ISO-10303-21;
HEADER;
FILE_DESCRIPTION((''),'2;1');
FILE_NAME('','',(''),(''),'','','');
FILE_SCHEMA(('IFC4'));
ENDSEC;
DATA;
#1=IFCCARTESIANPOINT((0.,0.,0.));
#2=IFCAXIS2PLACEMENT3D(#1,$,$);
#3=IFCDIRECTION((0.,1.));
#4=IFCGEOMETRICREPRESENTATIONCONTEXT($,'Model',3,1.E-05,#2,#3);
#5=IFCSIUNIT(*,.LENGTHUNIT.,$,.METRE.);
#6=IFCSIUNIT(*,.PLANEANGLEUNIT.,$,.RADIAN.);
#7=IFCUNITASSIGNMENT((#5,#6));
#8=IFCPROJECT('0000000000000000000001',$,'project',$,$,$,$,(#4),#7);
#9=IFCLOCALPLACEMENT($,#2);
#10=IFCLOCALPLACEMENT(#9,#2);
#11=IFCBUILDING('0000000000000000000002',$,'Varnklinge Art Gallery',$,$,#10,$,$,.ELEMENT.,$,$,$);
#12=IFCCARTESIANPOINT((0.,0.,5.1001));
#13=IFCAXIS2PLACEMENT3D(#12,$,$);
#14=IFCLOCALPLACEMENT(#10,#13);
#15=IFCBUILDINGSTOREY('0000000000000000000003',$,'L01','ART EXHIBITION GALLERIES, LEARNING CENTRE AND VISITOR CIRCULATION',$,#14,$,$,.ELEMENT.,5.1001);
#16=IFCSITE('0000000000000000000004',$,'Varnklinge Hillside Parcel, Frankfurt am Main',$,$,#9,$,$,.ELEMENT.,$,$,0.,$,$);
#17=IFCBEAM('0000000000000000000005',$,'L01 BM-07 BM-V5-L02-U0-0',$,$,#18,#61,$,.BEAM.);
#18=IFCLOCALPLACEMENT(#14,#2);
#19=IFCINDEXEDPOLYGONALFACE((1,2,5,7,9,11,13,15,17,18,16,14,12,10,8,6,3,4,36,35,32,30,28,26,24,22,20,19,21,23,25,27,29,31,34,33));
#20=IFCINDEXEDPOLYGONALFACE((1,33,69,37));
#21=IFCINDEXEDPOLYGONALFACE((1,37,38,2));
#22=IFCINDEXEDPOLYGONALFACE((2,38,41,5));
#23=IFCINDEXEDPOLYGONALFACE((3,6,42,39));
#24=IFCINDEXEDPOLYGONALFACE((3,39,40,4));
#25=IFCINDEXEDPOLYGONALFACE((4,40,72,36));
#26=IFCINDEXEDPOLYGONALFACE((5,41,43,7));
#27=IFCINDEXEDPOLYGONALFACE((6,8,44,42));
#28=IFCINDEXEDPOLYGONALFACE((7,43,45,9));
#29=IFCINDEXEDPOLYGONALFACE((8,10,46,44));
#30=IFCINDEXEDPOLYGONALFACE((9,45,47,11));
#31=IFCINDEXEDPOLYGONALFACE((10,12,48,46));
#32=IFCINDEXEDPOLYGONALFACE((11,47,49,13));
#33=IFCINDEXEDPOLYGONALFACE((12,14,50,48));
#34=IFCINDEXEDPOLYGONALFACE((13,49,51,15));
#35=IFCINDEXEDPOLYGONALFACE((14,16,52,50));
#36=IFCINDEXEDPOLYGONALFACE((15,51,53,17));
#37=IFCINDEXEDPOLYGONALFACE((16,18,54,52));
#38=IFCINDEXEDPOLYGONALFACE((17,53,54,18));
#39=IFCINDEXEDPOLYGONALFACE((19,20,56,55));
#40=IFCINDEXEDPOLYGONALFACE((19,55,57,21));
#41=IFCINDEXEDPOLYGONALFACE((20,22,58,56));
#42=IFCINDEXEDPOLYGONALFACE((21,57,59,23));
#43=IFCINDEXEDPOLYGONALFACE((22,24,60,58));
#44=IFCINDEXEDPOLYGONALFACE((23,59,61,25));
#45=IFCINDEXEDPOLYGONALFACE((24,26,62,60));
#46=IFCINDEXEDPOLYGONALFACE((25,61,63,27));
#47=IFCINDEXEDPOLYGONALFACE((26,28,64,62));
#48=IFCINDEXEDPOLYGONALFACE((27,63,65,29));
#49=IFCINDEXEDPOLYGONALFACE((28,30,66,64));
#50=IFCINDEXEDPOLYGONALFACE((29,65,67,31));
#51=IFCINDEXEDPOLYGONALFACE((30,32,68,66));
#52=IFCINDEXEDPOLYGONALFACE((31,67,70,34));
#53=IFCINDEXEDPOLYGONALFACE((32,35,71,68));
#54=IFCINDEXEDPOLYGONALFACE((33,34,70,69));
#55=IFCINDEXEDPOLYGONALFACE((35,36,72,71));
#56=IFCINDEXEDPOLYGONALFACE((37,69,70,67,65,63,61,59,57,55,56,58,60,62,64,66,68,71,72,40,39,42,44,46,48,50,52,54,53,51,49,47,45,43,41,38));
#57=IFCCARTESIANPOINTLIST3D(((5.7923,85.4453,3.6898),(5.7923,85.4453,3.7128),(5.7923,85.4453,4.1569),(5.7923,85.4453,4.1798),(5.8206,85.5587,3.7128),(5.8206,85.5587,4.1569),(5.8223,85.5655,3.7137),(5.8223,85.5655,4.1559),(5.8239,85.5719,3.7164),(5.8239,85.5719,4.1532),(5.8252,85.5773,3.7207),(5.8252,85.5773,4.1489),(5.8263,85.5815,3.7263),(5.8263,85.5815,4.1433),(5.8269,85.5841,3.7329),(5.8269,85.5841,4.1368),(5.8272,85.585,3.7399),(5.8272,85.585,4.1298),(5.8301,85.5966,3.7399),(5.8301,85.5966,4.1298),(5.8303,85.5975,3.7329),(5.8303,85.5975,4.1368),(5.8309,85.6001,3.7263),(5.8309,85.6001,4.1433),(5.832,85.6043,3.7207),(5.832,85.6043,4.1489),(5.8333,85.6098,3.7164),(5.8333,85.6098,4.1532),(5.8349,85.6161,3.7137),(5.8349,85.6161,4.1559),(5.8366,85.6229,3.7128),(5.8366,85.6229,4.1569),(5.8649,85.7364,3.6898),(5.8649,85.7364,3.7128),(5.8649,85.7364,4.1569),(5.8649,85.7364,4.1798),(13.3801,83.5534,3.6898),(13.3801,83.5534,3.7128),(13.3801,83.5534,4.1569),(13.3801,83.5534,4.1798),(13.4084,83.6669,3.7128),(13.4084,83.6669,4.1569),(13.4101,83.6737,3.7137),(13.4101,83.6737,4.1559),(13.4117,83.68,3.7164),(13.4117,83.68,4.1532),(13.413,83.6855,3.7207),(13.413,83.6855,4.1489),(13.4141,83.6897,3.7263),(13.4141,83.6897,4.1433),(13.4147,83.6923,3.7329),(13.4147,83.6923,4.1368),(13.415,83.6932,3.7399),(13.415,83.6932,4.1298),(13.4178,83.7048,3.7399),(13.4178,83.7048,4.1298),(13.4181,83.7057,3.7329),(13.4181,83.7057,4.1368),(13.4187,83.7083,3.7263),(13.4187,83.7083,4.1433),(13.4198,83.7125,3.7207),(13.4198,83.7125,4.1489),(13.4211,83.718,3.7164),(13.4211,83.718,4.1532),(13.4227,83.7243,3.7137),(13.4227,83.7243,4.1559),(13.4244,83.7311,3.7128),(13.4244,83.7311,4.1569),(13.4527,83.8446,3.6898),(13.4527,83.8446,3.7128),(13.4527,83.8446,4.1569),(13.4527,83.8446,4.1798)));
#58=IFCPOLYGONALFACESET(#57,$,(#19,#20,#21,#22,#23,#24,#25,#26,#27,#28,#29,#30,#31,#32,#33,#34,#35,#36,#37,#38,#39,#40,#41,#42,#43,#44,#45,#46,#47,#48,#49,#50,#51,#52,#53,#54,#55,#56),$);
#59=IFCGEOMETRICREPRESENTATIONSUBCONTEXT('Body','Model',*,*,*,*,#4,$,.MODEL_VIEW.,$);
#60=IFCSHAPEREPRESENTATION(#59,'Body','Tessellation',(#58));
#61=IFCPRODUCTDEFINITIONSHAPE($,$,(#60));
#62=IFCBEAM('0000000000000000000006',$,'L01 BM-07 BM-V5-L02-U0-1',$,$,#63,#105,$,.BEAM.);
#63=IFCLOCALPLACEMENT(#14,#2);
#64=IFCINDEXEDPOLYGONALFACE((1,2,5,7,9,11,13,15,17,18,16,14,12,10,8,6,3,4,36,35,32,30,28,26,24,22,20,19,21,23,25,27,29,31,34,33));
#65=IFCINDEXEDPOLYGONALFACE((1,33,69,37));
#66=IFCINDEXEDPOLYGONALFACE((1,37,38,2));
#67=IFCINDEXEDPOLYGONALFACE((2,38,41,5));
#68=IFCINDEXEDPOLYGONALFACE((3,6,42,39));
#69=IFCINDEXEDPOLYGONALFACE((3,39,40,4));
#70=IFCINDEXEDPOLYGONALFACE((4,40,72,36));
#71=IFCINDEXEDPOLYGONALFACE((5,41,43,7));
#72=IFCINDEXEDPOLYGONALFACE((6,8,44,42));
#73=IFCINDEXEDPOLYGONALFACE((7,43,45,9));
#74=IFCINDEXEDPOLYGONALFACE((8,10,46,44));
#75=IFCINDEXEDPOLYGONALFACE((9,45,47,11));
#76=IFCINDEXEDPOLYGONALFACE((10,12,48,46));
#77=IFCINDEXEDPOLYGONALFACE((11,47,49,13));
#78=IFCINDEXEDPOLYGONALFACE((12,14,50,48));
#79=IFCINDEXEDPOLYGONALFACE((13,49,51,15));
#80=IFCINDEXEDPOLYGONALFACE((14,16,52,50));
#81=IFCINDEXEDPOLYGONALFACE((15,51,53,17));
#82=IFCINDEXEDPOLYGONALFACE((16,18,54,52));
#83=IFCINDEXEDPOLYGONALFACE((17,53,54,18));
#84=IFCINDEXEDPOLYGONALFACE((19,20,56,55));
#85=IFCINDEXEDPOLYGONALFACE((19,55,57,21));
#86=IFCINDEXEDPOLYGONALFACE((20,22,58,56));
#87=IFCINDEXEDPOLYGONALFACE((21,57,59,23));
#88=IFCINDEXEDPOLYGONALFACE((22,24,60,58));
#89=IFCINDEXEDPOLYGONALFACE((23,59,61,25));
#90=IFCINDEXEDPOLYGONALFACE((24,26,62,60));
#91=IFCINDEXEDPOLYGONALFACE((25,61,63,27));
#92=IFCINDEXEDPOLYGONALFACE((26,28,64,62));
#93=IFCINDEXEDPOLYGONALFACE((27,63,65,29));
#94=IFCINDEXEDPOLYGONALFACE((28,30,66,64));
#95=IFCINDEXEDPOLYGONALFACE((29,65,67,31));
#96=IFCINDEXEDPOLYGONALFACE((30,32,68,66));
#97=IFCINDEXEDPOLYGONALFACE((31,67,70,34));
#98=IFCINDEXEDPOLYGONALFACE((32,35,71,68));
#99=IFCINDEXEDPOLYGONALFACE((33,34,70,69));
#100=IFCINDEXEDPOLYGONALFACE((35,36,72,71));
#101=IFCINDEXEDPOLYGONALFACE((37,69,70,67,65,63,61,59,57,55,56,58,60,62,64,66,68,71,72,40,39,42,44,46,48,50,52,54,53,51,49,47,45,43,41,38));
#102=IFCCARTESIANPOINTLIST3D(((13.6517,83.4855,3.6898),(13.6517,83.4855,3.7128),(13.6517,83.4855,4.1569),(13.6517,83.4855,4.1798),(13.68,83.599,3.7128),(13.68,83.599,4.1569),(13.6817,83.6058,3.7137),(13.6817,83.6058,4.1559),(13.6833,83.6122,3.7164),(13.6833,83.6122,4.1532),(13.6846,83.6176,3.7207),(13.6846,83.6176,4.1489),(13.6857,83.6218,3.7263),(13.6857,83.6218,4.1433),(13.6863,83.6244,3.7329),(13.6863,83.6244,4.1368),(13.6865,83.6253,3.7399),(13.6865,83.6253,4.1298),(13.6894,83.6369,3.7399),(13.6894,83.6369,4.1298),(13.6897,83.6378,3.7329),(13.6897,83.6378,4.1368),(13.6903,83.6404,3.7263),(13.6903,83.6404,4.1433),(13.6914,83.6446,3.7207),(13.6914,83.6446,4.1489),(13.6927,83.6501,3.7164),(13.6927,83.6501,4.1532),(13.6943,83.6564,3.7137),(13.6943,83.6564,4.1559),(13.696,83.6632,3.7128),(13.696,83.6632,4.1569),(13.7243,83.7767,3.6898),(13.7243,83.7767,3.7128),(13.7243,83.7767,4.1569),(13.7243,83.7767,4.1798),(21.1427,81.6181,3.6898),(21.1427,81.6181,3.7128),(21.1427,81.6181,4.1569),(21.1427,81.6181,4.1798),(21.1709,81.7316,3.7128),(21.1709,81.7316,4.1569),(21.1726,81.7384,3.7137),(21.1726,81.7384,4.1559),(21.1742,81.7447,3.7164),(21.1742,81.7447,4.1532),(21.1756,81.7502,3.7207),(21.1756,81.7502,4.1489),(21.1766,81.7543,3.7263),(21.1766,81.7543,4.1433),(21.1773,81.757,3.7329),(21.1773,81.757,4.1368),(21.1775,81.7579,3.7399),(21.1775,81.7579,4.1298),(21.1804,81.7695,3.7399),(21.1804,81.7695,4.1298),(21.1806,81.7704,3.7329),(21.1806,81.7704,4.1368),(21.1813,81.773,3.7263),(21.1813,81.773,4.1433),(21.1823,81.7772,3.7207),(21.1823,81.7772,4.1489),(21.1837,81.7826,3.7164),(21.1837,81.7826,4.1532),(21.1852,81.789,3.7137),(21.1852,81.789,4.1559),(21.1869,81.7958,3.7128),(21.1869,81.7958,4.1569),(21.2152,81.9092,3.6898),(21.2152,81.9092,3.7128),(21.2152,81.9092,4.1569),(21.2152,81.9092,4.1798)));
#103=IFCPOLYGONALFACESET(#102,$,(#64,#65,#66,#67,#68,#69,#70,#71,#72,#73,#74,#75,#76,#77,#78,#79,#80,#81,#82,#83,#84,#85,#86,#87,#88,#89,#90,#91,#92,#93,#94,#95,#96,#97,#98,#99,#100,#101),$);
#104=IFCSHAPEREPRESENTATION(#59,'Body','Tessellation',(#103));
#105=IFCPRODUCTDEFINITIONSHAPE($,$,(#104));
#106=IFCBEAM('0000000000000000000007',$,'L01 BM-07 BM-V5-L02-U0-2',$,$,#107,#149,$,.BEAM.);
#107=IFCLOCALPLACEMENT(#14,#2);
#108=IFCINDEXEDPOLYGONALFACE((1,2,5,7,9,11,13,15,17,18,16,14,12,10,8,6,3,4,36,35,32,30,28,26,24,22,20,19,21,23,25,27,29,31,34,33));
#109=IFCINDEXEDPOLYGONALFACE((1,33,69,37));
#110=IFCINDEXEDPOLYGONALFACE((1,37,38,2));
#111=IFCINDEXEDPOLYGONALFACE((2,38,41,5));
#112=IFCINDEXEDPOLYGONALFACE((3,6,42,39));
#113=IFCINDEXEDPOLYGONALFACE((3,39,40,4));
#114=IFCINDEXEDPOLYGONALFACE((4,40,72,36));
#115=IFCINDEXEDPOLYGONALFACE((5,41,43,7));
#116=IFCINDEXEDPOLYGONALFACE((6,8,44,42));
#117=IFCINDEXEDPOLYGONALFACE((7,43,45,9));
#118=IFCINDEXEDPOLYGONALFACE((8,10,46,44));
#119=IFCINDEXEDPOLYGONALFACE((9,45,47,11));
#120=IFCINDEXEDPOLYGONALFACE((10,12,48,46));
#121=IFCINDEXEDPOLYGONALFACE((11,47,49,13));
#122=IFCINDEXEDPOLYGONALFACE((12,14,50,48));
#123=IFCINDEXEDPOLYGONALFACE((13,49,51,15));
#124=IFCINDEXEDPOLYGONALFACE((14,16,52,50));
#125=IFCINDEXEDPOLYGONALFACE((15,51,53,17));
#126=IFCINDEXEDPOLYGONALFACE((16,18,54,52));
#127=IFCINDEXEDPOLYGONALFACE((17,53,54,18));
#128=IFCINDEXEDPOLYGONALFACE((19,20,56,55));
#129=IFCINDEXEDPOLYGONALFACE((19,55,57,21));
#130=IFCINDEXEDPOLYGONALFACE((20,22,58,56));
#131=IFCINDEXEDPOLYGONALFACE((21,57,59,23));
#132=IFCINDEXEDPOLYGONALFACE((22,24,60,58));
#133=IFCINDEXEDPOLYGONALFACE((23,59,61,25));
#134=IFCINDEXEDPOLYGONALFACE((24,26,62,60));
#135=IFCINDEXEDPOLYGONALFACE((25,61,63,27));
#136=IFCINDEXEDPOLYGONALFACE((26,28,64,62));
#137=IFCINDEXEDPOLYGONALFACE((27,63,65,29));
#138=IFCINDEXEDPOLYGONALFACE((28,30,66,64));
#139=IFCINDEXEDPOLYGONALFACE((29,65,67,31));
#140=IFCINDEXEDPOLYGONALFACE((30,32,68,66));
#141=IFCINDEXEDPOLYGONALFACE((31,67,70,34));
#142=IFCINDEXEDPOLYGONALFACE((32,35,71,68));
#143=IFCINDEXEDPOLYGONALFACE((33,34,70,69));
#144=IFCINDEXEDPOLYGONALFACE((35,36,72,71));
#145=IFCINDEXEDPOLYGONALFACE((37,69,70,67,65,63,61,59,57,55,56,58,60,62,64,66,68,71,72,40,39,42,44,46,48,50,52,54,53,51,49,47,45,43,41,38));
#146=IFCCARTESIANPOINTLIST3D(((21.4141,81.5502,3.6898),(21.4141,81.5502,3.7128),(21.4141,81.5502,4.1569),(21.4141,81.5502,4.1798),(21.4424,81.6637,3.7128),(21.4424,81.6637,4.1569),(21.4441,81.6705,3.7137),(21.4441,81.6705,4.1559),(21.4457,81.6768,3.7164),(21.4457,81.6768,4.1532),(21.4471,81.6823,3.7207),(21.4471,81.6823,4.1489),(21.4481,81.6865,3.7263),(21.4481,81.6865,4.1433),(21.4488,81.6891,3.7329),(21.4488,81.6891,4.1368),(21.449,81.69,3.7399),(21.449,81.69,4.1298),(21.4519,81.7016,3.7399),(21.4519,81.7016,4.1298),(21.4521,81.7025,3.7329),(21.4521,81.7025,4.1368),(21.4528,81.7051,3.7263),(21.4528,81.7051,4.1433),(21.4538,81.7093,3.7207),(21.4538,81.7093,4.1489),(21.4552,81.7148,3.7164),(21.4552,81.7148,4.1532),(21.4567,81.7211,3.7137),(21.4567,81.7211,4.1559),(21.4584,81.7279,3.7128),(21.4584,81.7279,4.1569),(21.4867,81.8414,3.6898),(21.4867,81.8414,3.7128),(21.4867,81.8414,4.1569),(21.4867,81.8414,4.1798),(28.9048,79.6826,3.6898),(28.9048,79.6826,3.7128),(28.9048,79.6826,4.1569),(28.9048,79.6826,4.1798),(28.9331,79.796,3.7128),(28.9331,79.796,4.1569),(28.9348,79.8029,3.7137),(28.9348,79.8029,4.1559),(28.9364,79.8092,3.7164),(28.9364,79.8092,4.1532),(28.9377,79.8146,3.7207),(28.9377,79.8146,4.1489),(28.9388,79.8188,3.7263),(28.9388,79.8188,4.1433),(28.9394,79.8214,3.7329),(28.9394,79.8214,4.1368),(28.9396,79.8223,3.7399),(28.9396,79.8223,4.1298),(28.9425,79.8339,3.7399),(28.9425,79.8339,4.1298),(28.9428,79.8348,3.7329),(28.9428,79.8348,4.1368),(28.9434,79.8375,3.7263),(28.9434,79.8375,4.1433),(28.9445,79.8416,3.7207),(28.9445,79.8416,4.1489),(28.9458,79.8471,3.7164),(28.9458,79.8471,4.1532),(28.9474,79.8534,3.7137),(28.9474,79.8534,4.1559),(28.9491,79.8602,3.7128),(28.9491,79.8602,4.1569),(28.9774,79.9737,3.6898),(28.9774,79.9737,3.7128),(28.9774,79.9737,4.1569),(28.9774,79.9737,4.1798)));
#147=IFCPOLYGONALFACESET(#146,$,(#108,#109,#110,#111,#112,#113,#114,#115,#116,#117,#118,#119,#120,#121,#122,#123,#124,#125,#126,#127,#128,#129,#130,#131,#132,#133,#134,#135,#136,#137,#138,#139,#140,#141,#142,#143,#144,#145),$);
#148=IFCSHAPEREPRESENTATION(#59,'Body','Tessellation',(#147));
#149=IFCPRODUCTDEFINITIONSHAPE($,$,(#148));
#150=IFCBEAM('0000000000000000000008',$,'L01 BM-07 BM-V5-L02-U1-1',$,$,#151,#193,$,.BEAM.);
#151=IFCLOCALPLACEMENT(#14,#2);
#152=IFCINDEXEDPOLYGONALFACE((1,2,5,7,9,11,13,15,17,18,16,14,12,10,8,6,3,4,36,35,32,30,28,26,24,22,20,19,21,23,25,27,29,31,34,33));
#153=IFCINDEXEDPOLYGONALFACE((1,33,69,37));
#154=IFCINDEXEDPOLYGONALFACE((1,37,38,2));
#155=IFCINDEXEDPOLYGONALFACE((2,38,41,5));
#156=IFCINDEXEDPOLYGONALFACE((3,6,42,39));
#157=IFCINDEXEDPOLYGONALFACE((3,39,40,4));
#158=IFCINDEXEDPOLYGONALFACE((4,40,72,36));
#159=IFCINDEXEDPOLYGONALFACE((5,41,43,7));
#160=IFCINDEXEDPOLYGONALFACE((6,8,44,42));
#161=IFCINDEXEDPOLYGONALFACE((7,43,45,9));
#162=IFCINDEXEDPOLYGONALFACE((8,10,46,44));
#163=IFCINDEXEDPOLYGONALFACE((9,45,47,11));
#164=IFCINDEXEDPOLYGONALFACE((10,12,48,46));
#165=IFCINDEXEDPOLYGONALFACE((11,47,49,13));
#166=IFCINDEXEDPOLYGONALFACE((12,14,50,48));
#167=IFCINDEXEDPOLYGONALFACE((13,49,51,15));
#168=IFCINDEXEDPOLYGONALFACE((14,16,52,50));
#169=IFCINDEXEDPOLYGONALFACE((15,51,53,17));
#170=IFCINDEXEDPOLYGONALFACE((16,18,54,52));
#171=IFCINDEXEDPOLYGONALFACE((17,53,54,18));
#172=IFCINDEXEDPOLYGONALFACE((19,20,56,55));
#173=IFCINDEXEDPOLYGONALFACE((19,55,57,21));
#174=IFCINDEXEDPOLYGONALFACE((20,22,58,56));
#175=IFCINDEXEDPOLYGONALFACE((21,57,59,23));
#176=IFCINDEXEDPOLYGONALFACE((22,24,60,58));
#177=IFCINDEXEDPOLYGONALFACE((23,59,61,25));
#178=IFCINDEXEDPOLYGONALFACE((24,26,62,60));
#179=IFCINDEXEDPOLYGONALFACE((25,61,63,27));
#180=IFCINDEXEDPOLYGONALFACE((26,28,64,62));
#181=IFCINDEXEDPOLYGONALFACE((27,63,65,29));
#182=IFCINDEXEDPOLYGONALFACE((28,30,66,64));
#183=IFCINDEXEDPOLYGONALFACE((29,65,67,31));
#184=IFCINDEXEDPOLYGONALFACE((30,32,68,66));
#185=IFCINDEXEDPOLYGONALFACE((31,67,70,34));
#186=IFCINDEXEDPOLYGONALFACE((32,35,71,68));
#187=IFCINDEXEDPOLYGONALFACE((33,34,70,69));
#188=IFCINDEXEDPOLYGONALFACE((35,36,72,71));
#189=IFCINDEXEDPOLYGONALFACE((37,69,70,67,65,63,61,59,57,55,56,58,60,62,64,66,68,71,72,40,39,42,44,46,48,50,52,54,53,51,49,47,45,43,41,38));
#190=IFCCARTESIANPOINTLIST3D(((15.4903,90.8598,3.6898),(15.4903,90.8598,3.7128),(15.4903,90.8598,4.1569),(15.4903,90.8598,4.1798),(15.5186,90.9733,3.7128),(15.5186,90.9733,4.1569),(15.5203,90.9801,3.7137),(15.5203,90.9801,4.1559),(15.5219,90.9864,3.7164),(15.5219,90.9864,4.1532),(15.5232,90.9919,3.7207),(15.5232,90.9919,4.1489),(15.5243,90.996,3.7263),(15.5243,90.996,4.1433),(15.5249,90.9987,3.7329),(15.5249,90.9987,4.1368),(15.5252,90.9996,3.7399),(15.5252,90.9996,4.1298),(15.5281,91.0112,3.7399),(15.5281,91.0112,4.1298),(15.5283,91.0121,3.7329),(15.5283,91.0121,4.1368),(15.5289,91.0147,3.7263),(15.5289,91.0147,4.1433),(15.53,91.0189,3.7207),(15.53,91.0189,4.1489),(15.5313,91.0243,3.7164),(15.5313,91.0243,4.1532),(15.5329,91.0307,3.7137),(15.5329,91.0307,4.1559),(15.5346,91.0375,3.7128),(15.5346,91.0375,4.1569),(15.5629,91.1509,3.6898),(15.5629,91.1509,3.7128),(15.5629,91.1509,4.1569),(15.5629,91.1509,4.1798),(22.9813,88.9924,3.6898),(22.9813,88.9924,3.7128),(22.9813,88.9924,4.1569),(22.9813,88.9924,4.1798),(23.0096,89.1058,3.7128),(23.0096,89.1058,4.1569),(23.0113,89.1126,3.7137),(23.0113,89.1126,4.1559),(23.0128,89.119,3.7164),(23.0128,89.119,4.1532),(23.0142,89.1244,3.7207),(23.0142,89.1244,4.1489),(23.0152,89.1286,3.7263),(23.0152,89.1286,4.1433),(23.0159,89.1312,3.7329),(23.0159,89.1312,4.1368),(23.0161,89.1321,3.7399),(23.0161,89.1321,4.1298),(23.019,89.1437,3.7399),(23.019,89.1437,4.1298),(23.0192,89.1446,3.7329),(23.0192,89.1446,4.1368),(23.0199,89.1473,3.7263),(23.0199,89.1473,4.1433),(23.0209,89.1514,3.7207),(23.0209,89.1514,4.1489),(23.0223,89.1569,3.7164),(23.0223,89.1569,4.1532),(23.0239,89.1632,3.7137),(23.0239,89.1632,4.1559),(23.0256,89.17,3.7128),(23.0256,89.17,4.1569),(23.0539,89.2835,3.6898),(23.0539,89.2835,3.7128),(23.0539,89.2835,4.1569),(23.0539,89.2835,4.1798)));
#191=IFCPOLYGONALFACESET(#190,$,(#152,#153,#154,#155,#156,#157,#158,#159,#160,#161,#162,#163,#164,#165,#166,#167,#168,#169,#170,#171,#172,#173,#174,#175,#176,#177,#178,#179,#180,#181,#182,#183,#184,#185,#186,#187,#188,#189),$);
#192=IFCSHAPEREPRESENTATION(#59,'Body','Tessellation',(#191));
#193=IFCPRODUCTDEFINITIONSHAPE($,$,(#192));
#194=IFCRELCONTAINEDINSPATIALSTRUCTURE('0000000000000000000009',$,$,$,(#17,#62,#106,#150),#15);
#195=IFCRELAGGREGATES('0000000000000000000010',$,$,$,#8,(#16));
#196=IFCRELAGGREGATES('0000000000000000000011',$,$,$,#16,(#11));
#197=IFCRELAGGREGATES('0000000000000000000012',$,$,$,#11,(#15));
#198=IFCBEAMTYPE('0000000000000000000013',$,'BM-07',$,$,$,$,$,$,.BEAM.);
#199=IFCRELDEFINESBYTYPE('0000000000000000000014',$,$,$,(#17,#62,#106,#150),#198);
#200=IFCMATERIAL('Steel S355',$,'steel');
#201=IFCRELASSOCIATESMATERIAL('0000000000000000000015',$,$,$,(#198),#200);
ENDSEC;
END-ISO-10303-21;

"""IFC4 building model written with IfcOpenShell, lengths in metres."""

from ifc_helpers import new_model, si_unit, direction, frame, origin, origin_2d, place, context, subcontext, project, spatial, i_section, extrude, material, material_profile, profile_set, type_object, element, save


model = new_model("IFC4")

# Units and contexts
model_context = context("Model", 3, precision=1e-05, world=origin(), true_north=direction((0.0, 1.0)))
body_context = subcontext(model_context, "Body", "Model", "MODEL_VIEW")
ifc_project = project(units=[si_unit("LENGTHUNIT", "METRE"), si_unit("PLANEANGLEUNIT", "RADIAN")], contexts=[model_context])

# Site, building, storey
site_placement = place(None, origin())
site = spatial("IfcSite", under=ifc_project, at=site_placement, Name="Varnklinge Hillside Parcel, Frankfurt am Main", CompositionType="ELEMENT", RefElevation=0.0)
building_placement = place(site_placement, origin())
building = spatial("IfcBuilding", under=site, at=building_placement, Name="Varnklinge Art Gallery", CompositionType="ELEMENT")
storey_placement = place(building_placement, frame((0.0, 0.0, 5.1001)))
storey = spatial("IfcBuildingStorey", under=building, at=storey_placement, Name="L01", Description="ART EXHIBITION GALLERIES, LEARNING CENTRE AND VISITOR CIRCULATION", CompositionType="ELEMENT", Elevation=5.1001)

# Beams
ifc_material_1 = material(Name="Steel S355", Category="steel")
ifc_material_profile_1 = material_profile(ifc_material_1, i_section(OverallWidth=0.3, OverallDepth=0.49, WebThickness=0.012, FlangeThickness=0.0229, FilletRadius=0.0271, at=origin_2d()), Name="HEA 500")
ifc_profile_set_1 = profile_set([ifc_material_profile_1], Name="Steel S355")
beam_type_1 = type_object("IfcBeamType", Name="BM-07", PredefinedType="BEAM", material=ifc_profile_set_1)
beam_1_placement = place(storey_placement, frame((5.8286, 85.5908, 3.9348), z_axis=(0.970297, -0.241919, 0.0), x_axis=(0.241919, 0.970297, 0.0)))
element("IfcBeam", 1, at=beam_1_placement, inside=storey, type_object=beam_type_1, Name="L01 BM-07 BM-V5-L02-U0-0", PredefinedType="BEAM", context=body_context, shape_type="SweptSolid", body=[
    extrude(i_section(OverallWidth=0.3, OverallDepth=0.49, WebThickness=0.012, FlangeThickness=0.0229, FilletRadius=0.0271, at=origin_2d()), origin(), (0.0, 0.0, 1.0), 7.8201),
])
beam_2_placement = place(storey_placement, frame((13.688, 83.6311, 3.9348), z_axis=(0.970304, -0.241888, 0.0), x_axis=(0.241888, 0.970304, 0.0)))
element("IfcBeam", 2, at=beam_2_placement, inside=storey, type_object=beam_type_1, Name="L01 BM-07 BM-V5-L02-U0-1", PredefinedType="BEAM", context=body_context, shape_type="SweptSolid", body=[
    extrude(i_section(OverallWidth=0.3, OverallDepth=0.49, WebThickness=0.012, FlangeThickness=0.0229, FilletRadius=0.0271, at=origin_2d()), origin(), (0.0, 0.0, 1.0), 7.7202),
])
beam_3_placement = place(storey_placement, frame((21.4504, 81.6958, 3.9348), z_axis=(0.970295, -0.241925, 0.0), x_axis=(0.241925, 0.970295, 0.0)))
element("IfcBeam", 3, at=beam_3_placement, inside=storey, type_object=beam_type_1, Name="L01 BM-07 BM-V5-L02-U0-2", PredefinedType="BEAM", context=body_context, shape_type="SweptSolid", body=[
    extrude(i_section(OverallWidth=0.3, OverallDepth=0.49, WebThickness=0.012, FlangeThickness=0.0229, FilletRadius=0.0271, at=origin_2d()), origin(), (0.0, 0.0, 1.0), 7.72),
])
beam_4_placement = place(storey_placement, frame((15.5266, 91.0054, 3.9348), z_axis=(0.970304, -0.241888, 0.0), x_axis=(0.241888, 0.970304, 0.0)))
element("IfcBeam", 4, at=beam_4_placement, inside=storey, type_object=beam_type_1, Name="L01 BM-07 BM-V5-L02-U1-1", PredefinedType="BEAM", context=body_context, shape_type="SweptSolid", body=[
    extrude(i_section(OverallWidth=0.3, OverallDepth=0.49, WebThickness=0.012, FlangeThickness=0.0229, FilletRadius=0.0271, at=origin_2d()), origin(), (0.0, 0.0, 1.0), 7.7202),
])

save(model, "model.ifc")
